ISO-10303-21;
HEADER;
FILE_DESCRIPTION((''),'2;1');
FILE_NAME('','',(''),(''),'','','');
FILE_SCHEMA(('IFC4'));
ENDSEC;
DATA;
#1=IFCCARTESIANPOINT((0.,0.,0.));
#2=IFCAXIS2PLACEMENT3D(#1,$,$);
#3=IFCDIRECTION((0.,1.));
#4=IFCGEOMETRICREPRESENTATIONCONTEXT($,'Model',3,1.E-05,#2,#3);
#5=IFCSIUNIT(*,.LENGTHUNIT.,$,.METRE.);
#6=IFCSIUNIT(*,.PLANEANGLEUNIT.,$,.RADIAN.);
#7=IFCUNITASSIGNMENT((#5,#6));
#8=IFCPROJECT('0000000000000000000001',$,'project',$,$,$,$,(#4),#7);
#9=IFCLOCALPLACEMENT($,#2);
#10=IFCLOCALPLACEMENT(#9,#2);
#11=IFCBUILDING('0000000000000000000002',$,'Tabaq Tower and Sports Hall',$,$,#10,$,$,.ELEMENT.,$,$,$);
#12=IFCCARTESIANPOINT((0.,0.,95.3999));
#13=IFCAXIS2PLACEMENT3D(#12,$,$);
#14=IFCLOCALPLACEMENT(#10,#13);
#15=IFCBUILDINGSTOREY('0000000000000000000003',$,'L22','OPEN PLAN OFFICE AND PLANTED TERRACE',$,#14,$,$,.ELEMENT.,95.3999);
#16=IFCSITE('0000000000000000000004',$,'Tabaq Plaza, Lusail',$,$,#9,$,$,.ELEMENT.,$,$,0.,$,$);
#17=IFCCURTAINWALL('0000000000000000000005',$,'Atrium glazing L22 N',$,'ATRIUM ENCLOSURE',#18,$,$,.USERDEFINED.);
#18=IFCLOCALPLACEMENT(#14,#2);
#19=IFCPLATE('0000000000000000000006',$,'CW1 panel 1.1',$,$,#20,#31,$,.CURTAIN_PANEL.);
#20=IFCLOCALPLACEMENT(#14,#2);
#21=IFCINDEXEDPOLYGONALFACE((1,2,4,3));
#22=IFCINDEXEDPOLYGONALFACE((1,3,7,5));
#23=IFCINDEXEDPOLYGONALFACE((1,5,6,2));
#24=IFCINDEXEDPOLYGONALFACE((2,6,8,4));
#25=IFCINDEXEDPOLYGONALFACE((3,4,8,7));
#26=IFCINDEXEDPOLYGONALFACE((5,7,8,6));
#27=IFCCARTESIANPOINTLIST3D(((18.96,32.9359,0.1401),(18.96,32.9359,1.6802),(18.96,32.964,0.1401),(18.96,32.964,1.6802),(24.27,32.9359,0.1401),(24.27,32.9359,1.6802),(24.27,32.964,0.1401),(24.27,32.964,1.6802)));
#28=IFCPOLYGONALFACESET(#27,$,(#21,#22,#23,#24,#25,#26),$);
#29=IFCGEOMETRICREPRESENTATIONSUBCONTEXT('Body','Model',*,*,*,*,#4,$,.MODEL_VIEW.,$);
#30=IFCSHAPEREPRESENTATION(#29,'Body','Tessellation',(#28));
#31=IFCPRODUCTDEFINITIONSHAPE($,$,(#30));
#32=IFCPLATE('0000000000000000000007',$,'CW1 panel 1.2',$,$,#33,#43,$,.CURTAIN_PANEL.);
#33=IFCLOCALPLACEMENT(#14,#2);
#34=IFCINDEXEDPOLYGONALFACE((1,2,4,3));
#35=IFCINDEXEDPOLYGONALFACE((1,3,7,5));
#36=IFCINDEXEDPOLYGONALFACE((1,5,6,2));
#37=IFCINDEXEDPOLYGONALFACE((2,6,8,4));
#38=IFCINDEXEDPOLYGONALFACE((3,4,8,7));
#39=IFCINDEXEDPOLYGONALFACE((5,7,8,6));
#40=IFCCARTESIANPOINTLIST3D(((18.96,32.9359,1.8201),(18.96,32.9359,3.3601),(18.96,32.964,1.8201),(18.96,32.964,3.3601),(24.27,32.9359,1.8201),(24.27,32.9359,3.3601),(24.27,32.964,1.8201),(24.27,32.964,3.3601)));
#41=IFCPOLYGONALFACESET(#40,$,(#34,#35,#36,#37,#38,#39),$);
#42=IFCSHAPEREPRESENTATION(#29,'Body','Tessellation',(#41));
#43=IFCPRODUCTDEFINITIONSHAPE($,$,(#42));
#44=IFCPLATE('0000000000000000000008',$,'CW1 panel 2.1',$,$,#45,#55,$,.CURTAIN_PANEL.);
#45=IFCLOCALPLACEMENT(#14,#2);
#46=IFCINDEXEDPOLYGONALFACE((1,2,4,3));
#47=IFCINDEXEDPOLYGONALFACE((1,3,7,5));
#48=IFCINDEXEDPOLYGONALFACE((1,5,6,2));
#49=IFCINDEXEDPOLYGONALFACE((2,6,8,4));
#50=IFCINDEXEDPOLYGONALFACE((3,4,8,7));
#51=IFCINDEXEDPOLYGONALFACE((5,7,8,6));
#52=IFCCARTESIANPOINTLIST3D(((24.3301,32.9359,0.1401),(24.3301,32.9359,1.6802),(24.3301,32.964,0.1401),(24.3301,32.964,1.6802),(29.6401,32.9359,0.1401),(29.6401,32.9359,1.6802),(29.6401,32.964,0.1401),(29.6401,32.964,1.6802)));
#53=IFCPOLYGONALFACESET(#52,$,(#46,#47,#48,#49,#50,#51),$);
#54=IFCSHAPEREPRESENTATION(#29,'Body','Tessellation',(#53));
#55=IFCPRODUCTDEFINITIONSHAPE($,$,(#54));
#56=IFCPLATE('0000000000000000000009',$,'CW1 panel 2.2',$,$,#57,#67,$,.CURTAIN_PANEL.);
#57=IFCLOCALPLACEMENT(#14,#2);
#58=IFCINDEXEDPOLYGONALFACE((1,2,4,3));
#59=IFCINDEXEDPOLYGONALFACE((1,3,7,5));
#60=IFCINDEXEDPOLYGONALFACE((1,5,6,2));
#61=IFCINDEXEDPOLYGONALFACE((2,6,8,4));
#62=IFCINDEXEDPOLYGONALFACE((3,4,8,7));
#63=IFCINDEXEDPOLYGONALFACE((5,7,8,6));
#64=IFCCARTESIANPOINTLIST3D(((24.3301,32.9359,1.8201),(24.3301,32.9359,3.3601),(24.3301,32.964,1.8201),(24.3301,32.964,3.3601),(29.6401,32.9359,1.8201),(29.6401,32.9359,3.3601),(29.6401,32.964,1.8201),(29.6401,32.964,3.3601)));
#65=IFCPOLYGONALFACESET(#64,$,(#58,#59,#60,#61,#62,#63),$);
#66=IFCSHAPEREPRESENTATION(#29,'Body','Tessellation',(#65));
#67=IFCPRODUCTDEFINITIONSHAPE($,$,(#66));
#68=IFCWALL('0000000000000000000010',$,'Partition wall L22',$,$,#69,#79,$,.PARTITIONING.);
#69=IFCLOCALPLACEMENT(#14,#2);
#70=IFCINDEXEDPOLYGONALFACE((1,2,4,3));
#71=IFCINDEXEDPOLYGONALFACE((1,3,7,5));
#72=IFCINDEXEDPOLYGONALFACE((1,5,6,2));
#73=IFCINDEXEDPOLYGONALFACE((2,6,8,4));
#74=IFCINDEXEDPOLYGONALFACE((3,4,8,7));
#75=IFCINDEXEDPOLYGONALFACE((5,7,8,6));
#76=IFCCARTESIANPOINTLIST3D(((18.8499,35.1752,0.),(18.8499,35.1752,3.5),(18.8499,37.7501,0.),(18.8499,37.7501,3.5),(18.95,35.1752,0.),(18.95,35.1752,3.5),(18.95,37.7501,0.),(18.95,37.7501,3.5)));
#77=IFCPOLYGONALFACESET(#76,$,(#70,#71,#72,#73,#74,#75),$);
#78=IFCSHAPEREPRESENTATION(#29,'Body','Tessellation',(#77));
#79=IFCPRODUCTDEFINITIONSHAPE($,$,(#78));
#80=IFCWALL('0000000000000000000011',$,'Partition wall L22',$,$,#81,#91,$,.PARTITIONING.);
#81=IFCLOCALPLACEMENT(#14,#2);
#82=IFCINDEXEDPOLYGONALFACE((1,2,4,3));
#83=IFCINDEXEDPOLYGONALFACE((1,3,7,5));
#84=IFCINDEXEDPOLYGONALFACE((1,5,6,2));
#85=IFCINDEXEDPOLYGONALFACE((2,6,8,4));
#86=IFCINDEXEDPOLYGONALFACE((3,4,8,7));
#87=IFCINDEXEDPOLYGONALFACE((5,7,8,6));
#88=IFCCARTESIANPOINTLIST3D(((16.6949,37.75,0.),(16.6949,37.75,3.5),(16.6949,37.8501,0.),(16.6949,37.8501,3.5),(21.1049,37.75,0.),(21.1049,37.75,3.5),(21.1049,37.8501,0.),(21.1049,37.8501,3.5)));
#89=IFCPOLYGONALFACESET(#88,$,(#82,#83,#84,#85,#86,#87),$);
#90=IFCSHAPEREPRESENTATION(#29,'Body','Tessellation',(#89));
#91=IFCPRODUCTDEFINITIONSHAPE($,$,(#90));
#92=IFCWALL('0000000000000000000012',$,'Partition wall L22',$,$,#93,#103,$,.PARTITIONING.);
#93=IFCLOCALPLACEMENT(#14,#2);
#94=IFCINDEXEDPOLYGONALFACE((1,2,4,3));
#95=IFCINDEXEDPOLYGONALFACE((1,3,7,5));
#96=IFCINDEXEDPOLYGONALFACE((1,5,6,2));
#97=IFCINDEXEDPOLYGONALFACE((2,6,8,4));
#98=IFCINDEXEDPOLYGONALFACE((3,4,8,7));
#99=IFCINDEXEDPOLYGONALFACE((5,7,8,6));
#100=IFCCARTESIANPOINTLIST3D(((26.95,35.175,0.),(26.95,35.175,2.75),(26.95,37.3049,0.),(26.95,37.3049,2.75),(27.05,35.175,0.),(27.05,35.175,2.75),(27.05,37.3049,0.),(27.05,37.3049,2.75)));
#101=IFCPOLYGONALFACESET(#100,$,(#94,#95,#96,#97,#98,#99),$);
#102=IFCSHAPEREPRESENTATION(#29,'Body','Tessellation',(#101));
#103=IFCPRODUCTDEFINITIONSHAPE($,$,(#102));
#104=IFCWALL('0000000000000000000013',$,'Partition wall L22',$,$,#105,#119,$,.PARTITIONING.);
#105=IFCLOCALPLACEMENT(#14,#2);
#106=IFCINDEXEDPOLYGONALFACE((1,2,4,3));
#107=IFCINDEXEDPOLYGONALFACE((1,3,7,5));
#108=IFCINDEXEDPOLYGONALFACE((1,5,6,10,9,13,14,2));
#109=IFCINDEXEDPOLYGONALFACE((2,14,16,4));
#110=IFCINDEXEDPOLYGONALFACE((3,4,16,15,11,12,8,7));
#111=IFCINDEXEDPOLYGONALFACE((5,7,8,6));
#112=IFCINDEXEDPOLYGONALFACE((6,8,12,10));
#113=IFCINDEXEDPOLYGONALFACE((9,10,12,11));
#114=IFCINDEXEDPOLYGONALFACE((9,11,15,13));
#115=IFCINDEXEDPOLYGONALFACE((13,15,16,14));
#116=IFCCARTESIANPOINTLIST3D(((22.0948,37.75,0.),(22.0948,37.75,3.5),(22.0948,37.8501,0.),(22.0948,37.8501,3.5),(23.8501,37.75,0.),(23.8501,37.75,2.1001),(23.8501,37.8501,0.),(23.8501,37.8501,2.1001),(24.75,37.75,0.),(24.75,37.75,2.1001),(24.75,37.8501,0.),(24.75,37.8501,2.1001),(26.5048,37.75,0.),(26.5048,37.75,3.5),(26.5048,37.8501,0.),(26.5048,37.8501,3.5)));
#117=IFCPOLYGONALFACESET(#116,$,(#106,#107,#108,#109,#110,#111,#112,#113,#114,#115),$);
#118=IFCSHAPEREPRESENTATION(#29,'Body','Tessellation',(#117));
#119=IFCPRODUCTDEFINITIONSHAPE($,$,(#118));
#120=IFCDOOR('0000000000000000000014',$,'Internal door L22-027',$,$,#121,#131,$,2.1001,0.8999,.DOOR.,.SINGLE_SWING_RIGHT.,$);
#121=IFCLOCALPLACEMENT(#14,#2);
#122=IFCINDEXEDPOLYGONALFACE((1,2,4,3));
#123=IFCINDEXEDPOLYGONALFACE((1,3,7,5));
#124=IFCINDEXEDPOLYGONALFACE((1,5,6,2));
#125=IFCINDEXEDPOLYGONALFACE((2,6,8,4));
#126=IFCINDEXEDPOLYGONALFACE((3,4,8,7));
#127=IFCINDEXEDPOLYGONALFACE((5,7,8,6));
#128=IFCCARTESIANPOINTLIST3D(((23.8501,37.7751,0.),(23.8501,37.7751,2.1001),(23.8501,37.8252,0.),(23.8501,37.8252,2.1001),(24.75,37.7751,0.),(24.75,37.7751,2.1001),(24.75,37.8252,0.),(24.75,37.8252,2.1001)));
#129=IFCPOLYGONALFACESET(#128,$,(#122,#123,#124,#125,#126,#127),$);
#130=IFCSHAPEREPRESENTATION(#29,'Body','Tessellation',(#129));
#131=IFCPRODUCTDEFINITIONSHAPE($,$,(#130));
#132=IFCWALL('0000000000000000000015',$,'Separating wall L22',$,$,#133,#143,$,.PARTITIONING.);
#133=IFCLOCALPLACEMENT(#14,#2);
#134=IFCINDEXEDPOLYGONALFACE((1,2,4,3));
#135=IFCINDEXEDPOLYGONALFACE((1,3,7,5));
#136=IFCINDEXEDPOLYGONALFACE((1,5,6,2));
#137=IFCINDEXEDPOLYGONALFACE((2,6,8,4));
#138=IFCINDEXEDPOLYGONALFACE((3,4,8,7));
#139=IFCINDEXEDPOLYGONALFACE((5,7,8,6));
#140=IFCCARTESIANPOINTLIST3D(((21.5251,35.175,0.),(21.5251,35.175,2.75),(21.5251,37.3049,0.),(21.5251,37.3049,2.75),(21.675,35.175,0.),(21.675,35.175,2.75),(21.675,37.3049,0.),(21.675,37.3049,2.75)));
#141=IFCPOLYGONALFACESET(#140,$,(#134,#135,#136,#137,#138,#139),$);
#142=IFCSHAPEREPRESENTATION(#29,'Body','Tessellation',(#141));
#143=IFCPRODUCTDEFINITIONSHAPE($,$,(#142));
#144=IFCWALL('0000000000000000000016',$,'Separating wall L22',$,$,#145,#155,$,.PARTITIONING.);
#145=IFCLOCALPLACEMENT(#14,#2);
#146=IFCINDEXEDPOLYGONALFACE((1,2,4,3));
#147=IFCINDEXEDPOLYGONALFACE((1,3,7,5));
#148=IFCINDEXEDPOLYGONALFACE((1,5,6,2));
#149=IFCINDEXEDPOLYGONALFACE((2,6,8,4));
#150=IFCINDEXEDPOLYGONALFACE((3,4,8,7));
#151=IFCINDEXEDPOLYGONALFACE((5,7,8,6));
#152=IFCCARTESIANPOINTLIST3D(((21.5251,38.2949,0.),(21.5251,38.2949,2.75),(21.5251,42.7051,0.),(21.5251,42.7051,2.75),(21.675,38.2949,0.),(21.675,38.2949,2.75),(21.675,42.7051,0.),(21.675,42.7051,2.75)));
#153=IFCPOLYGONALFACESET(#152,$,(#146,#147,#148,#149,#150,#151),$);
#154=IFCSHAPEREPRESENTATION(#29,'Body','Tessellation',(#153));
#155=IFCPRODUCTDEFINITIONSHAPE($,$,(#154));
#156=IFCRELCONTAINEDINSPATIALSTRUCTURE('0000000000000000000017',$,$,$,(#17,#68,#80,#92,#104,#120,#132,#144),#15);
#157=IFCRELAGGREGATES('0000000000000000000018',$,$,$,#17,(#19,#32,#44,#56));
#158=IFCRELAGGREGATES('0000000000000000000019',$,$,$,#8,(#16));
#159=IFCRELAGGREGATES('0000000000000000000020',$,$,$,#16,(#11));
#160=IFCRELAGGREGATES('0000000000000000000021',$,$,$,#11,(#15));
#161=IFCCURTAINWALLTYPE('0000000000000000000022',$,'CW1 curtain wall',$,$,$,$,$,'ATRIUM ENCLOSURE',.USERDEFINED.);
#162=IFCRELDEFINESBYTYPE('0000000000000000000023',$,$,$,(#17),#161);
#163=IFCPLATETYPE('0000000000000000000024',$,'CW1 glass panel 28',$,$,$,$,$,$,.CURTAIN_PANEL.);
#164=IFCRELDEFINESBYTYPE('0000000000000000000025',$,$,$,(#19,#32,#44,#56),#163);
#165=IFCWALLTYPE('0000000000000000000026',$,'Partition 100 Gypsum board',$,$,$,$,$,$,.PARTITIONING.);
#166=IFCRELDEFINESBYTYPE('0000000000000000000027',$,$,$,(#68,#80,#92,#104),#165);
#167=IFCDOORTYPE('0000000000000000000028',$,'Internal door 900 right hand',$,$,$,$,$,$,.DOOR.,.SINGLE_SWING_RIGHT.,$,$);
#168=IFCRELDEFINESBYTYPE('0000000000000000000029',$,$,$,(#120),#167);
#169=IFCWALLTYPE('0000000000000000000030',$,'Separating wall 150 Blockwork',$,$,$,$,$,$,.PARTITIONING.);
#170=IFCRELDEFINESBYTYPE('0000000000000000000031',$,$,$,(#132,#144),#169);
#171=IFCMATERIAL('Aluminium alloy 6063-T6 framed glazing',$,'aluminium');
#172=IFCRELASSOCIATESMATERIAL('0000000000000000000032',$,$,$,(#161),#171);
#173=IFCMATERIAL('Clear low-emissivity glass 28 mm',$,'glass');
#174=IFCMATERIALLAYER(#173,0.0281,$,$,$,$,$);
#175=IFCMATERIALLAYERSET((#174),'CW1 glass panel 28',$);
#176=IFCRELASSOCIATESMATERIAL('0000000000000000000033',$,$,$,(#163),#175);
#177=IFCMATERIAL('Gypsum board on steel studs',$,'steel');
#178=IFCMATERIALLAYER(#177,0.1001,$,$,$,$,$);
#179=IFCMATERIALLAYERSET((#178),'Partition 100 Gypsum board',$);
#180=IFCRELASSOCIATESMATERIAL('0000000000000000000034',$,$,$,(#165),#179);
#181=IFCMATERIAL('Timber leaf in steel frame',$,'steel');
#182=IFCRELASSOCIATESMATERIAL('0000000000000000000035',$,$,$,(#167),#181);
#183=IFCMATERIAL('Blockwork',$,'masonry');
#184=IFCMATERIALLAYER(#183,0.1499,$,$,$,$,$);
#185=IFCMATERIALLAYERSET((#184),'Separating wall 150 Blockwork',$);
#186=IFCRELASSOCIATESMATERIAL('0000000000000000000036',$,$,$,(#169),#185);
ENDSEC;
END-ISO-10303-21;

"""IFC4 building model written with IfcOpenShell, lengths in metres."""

from ifc_helpers import new_model, si_unit, direction, frame, frame_2d, origin, origin_2d, place, context, subcontext, project, spatial, rectangle, extrude, material, layer, layer_set, type_object, element, fill, aggregate, save


model = new_model("IFC4")

# Units and contexts
model_context = context("Model", 3, precision=1e-05, world=origin(), true_north=direction((0.0, 1.0)))
body_context = subcontext(model_context, "Body", "Model", "MODEL_VIEW")
ifc_project = project(units=[si_unit("LENGTHUNIT", "METRE"), si_unit("PLANEANGLEUNIT", "RADIAN")], contexts=[model_context])

# Site, building, storey
site_placement = place(None, origin())
site = spatial("IfcSite", under=ifc_project, at=site_placement, Name="Tabaq Plaza, Lusail", CompositionType="ELEMENT", RefElevation=0.0)
building_placement = place(site_placement, origin())
building = spatial("IfcBuilding", under=site, at=building_placement, Name="Tabaq Tower and Sports Hall", CompositionType="ELEMENT")
storey_placement = place(building_placement, frame((0.0, 0.0, 95.3999)))
storey = spatial("IfcBuildingStorey", under=building, at=storey_placement, Name="L22", Description="OPEN PLAN OFFICE AND PLANTED TERRACE", CompositionType="ELEMENT", Elevation=95.3999)

# Curtain wall
ifc_material_1 = material(Name="Aluminium alloy 6063-T6 framed glazing", Category="aluminium")
curtain_wall_type = type_object("IfcCurtainWallType", Name="CW1 curtain wall", ElementType="ATRIUM ENCLOSURE", PredefinedType="USERDEFINED", material=ifc_material_1)
curtain_wall_placement = place(storey_placement, origin())
curtain_wall = element("IfcCurtainWall", 1, at=curtain_wall_placement, inside=storey, type_object=curtain_wall_type, Name="Atrium glazing L22 N", ObjectType="ATRIUM ENCLOSURE", PredefinedType="USERDEFINED")

# Plates
ifc_material_2 = material(Name="Clear low-emissivity glass 28 mm", Category="glass")
ifc_layer_1 = layer(ifc_material_2, 0.0281)
ifc_layer_set_1 = layer_set([ifc_layer_1], Name="CW1 glass panel 28")
plate_type = type_object("IfcPlateType", Name="CW1 glass panel 28", PredefinedType="CURTAIN_PANEL", material=ifc_layer_set_1)
plate_1_placement = place(storey_placement, frame((21.615, 32.95, 0.1401), z_axis=(0.0, 0.0, 1.0), x_axis=(1.0, 0.0, 0.0)))
plate_1 = element("IfcPlate", 2, at=plate_1_placement, type_object=plate_type, Name="CW1 panel 1.1", PredefinedType="CURTAIN_PANEL", context=body_context, shape_type="SweptSolid", body=[
    extrude(rectangle(XDim=5.3101, YDim=0.0281, at=origin_2d()), origin(), (0.0, 0.0, 1.0), 1.54),
])
plate_2_placement = place(storey_placement, frame((21.615, 32.95, 1.8201), z_axis=(0.0, 0.0, 1.0), x_axis=(1.0, 0.0, 0.0)))
plate_2 = element("IfcPlate", 3, at=plate_2_placement, type_object=plate_type, Name="CW1 panel 1.2", PredefinedType="CURTAIN_PANEL", context=body_context, shape_type="SweptSolid", body=[
    extrude(rectangle(XDim=5.3101, YDim=0.0281, at=origin_2d()), origin(), (0.0, 0.0, 1.0), 1.54),
])
plate_3_placement = place(storey_placement, frame((26.9851, 32.95, 0.1401), z_axis=(0.0, 0.0, 1.0), x_axis=(1.0, 0.0, 0.0)))
plate_3 = element("IfcPlate", 4, at=plate_3_placement, type_object=plate_type, Name="CW1 panel 2.1", PredefinedType="CURTAIN_PANEL", context=body_context, shape_type="SweptSolid", body=[
    extrude(rectangle(XDim=5.3101, YDim=0.0281, at=origin_2d()), origin(), (0.0, 0.0, 1.0), 1.54),
])
plate_4_placement = place(storey_placement, frame((26.9851, 32.95, 1.8201), z_axis=(0.0, 0.0, 1.0), x_axis=(1.0, 0.0, 0.0)))
plate_4 = element("IfcPlate", 5, at=plate_4_placement, type_object=plate_type, Name="CW1 panel 2.2", PredefinedType="CURTAIN_PANEL", context=body_context, shape_type="SweptSolid", body=[
    extrude(rectangle(XDim=5.3101, YDim=0.0281, at=origin_2d()), origin(), (0.0, 0.0, 1.0), 1.54),
])
aggregate(curtain_wall, [plate_1, plate_2, plate_3, plate_4])

# Walls
ifc_material_3 = material(Name="Gypsum board on steel studs", Category="steel")
ifc_layer_2 = layer(ifc_material_3, 0.1001)
ifc_layer_set_2 = layer_set([ifc_layer_2], Name="Partition 100 Gypsum board")
wall_type_1 = type_object("IfcWallType", Name="Partition 100 Gypsum board", PredefinedType="PARTITIONING", material=ifc_layer_set_2)
wall_1_placement = place(storey_placement, frame((18.8999, 35.175, 0.0), z_axis=(0.0, 0.0, 1.0), x_axis=(0.0, 1.0, 0.0)))
element("IfcWall", 6, at=wall_1_placement, inside=storey, type_object=wall_type_1, Name="Partition wall L22", PredefinedType="PARTITIONING", context=body_context, shape_type="SweptSolid", body=[
    extrude(rectangle(XDim=2.575, YDim=0.1001, at=frame_2d((1.2876, 0.0))), origin(), (0.0, 0.0, 1.0), 3.5),
])
wall_2_placement = place(storey_placement, frame((21.105, 37.8, 0.0), z_axis=(0.0, 0.0, 1.0), x_axis=(-1.0, 0.0, 0.0)))
element("IfcWall", 7, at=wall_2_placement, inside=storey, type_object=wall_type_1, Name="Partition wall L22", PredefinedType="PARTITIONING", context=body_context, shape_type="SweptSolid", body=[
    extrude(rectangle(XDim=4.4099, YDim=0.1001, at=frame_2d((2.2051, 0.0))), origin(), (0.0, 0.0, 1.0), 3.5),
])
wall_3_placement = place(storey_placement, frame((27.0, 35.175, 0.0), z_axis=(0.0, 0.0, 1.0), x_axis=(0.0, 1.0, 0.0)))
element("IfcWall", 8, at=wall_3_placement, inside=storey, type_object=wall_type_1, Name="Partition wall L22", PredefinedType="PARTITIONING", context=body_context, shape_type="SweptSolid", body=[
    extrude(rectangle(XDim=2.1299, YDim=0.1001, at=frame_2d((1.0649, 0.0))), origin(), (0.0, 0.0, 1.0), 2.75),
])

# Wall, opening, door
wall_4_placement = place(storey_placement, frame((26.5049, 37.8, 0.0), z_axis=(0.0, 0.0, 1.0), x_axis=(-1.0, 0.0, 0.0)))
wall_4 = element("IfcWall", 9, at=wall_4_placement, inside=storey, type_object=wall_type_1, Name="Partition wall L22", PredefinedType="PARTITIONING", context=body_context, shape_type="SweptSolid", body=[
    extrude(rectangle(XDim=4.4099, YDim=0.1001, at=frame_2d((2.2051, 0.0))), origin(), (0.0, 0.0, 1.0), 3.5),
])
opening_placement = place(wall_4_placement, frame((1.7549, 0.0, 0.0)))
opening = element("IfcOpeningElement", 10, at=opening_placement, cuts=wall_4, PredefinedType="OPENING", context=body_context, shape_type="SweptSolid", body=[
    extrude(rectangle(XDim=0.8999, YDim=2.1001, at=frame_2d((0.45, 1.05))), frame((0.0, 0.05, 0.0), z_axis=(0.0, -1.0, 0.0), x_axis=(1.0, 0.0, 0.0)), (0.0, 0.0, 1.0), 0.1001),
])
ifc_material_4 = material(Name="Timber leaf in steel frame", Category="steel")
door_type = type_object("IfcDoorType", Name="Internal door 900 right hand", OperationType="SINGLE_SWING_RIGHT", PredefinedType="DOOR", material=ifc_material_4)
door_placement = place(opening_placement, origin())
door = element("IfcDoor", 11, at=door_placement, inside=storey, type_object=door_type, Name="Internal door L22-027", OperationType="SINGLE_SWING_RIGHT", OverallHeight=2.1001, OverallWidth=0.8999, PredefinedType="DOOR", context=body_context, shape_type="SweptSolid", body=[
    extrude(rectangle(XDim=0.8999, YDim=2.1001, at=frame_2d((0.45, 1.05))), frame((0.0, 0.0249, 0.0), z_axis=(0.0, -1.0, 0.0), x_axis=(1.0, 0.0, 0.0)), (0.0, 0.0, 1.0), 0.05),
])
fill(opening, door)

# Walls
ifc_material_5 = material(Name="Blockwork", Category="masonry")
ifc_layer_3 = layer(ifc_material_5, 0.1499)
ifc_layer_set_3 = layer_set([ifc_layer_3], Name="Separating wall 150 Blockwork")
wall_type_2 = type_object("IfcWallType", Name="Separating wall 150 Blockwork", PredefinedType="PARTITIONING", material=ifc_layer_set_3)
wall_5_placement = place(storey_placement, frame((21.6001, 35.175, 0.0), z_axis=(0.0, 0.0, 1.0), x_axis=(0.0, 1.0, 0.0)))
element("IfcWall", 12, at=wall_5_placement, inside=storey, type_object=wall_type_2, Name="Separating wall L22", PredefinedType="PARTITIONING", context=body_context, shape_type="SweptSolid", body=[
    extrude(rectangle(XDim=2.1299, YDim=0.1499, at=frame_2d((1.0649, 0.0))), origin(), (0.0, 0.0, 1.0), 2.75),
])
wall_6_placement = place(storey_placement, frame((21.6001, 38.2949, 0.0), z_axis=(0.0, 0.0, 1.0), x_axis=(0.0, 1.0, 0.0)))
element("IfcWall", 13, at=wall_6_placement, inside=storey, type_object=wall_type_2, Name="Separating wall L22", PredefinedType="PARTITIONING", context=body_context, shape_type="SweptSolid", body=[
    extrude(rectangle(XDim=4.4102, YDim=0.1499, at=frame_2d((2.2051, 0.0))), origin(), (0.0, 0.0, 1.0), 2.75),
])

save(model, "model.ifc")
